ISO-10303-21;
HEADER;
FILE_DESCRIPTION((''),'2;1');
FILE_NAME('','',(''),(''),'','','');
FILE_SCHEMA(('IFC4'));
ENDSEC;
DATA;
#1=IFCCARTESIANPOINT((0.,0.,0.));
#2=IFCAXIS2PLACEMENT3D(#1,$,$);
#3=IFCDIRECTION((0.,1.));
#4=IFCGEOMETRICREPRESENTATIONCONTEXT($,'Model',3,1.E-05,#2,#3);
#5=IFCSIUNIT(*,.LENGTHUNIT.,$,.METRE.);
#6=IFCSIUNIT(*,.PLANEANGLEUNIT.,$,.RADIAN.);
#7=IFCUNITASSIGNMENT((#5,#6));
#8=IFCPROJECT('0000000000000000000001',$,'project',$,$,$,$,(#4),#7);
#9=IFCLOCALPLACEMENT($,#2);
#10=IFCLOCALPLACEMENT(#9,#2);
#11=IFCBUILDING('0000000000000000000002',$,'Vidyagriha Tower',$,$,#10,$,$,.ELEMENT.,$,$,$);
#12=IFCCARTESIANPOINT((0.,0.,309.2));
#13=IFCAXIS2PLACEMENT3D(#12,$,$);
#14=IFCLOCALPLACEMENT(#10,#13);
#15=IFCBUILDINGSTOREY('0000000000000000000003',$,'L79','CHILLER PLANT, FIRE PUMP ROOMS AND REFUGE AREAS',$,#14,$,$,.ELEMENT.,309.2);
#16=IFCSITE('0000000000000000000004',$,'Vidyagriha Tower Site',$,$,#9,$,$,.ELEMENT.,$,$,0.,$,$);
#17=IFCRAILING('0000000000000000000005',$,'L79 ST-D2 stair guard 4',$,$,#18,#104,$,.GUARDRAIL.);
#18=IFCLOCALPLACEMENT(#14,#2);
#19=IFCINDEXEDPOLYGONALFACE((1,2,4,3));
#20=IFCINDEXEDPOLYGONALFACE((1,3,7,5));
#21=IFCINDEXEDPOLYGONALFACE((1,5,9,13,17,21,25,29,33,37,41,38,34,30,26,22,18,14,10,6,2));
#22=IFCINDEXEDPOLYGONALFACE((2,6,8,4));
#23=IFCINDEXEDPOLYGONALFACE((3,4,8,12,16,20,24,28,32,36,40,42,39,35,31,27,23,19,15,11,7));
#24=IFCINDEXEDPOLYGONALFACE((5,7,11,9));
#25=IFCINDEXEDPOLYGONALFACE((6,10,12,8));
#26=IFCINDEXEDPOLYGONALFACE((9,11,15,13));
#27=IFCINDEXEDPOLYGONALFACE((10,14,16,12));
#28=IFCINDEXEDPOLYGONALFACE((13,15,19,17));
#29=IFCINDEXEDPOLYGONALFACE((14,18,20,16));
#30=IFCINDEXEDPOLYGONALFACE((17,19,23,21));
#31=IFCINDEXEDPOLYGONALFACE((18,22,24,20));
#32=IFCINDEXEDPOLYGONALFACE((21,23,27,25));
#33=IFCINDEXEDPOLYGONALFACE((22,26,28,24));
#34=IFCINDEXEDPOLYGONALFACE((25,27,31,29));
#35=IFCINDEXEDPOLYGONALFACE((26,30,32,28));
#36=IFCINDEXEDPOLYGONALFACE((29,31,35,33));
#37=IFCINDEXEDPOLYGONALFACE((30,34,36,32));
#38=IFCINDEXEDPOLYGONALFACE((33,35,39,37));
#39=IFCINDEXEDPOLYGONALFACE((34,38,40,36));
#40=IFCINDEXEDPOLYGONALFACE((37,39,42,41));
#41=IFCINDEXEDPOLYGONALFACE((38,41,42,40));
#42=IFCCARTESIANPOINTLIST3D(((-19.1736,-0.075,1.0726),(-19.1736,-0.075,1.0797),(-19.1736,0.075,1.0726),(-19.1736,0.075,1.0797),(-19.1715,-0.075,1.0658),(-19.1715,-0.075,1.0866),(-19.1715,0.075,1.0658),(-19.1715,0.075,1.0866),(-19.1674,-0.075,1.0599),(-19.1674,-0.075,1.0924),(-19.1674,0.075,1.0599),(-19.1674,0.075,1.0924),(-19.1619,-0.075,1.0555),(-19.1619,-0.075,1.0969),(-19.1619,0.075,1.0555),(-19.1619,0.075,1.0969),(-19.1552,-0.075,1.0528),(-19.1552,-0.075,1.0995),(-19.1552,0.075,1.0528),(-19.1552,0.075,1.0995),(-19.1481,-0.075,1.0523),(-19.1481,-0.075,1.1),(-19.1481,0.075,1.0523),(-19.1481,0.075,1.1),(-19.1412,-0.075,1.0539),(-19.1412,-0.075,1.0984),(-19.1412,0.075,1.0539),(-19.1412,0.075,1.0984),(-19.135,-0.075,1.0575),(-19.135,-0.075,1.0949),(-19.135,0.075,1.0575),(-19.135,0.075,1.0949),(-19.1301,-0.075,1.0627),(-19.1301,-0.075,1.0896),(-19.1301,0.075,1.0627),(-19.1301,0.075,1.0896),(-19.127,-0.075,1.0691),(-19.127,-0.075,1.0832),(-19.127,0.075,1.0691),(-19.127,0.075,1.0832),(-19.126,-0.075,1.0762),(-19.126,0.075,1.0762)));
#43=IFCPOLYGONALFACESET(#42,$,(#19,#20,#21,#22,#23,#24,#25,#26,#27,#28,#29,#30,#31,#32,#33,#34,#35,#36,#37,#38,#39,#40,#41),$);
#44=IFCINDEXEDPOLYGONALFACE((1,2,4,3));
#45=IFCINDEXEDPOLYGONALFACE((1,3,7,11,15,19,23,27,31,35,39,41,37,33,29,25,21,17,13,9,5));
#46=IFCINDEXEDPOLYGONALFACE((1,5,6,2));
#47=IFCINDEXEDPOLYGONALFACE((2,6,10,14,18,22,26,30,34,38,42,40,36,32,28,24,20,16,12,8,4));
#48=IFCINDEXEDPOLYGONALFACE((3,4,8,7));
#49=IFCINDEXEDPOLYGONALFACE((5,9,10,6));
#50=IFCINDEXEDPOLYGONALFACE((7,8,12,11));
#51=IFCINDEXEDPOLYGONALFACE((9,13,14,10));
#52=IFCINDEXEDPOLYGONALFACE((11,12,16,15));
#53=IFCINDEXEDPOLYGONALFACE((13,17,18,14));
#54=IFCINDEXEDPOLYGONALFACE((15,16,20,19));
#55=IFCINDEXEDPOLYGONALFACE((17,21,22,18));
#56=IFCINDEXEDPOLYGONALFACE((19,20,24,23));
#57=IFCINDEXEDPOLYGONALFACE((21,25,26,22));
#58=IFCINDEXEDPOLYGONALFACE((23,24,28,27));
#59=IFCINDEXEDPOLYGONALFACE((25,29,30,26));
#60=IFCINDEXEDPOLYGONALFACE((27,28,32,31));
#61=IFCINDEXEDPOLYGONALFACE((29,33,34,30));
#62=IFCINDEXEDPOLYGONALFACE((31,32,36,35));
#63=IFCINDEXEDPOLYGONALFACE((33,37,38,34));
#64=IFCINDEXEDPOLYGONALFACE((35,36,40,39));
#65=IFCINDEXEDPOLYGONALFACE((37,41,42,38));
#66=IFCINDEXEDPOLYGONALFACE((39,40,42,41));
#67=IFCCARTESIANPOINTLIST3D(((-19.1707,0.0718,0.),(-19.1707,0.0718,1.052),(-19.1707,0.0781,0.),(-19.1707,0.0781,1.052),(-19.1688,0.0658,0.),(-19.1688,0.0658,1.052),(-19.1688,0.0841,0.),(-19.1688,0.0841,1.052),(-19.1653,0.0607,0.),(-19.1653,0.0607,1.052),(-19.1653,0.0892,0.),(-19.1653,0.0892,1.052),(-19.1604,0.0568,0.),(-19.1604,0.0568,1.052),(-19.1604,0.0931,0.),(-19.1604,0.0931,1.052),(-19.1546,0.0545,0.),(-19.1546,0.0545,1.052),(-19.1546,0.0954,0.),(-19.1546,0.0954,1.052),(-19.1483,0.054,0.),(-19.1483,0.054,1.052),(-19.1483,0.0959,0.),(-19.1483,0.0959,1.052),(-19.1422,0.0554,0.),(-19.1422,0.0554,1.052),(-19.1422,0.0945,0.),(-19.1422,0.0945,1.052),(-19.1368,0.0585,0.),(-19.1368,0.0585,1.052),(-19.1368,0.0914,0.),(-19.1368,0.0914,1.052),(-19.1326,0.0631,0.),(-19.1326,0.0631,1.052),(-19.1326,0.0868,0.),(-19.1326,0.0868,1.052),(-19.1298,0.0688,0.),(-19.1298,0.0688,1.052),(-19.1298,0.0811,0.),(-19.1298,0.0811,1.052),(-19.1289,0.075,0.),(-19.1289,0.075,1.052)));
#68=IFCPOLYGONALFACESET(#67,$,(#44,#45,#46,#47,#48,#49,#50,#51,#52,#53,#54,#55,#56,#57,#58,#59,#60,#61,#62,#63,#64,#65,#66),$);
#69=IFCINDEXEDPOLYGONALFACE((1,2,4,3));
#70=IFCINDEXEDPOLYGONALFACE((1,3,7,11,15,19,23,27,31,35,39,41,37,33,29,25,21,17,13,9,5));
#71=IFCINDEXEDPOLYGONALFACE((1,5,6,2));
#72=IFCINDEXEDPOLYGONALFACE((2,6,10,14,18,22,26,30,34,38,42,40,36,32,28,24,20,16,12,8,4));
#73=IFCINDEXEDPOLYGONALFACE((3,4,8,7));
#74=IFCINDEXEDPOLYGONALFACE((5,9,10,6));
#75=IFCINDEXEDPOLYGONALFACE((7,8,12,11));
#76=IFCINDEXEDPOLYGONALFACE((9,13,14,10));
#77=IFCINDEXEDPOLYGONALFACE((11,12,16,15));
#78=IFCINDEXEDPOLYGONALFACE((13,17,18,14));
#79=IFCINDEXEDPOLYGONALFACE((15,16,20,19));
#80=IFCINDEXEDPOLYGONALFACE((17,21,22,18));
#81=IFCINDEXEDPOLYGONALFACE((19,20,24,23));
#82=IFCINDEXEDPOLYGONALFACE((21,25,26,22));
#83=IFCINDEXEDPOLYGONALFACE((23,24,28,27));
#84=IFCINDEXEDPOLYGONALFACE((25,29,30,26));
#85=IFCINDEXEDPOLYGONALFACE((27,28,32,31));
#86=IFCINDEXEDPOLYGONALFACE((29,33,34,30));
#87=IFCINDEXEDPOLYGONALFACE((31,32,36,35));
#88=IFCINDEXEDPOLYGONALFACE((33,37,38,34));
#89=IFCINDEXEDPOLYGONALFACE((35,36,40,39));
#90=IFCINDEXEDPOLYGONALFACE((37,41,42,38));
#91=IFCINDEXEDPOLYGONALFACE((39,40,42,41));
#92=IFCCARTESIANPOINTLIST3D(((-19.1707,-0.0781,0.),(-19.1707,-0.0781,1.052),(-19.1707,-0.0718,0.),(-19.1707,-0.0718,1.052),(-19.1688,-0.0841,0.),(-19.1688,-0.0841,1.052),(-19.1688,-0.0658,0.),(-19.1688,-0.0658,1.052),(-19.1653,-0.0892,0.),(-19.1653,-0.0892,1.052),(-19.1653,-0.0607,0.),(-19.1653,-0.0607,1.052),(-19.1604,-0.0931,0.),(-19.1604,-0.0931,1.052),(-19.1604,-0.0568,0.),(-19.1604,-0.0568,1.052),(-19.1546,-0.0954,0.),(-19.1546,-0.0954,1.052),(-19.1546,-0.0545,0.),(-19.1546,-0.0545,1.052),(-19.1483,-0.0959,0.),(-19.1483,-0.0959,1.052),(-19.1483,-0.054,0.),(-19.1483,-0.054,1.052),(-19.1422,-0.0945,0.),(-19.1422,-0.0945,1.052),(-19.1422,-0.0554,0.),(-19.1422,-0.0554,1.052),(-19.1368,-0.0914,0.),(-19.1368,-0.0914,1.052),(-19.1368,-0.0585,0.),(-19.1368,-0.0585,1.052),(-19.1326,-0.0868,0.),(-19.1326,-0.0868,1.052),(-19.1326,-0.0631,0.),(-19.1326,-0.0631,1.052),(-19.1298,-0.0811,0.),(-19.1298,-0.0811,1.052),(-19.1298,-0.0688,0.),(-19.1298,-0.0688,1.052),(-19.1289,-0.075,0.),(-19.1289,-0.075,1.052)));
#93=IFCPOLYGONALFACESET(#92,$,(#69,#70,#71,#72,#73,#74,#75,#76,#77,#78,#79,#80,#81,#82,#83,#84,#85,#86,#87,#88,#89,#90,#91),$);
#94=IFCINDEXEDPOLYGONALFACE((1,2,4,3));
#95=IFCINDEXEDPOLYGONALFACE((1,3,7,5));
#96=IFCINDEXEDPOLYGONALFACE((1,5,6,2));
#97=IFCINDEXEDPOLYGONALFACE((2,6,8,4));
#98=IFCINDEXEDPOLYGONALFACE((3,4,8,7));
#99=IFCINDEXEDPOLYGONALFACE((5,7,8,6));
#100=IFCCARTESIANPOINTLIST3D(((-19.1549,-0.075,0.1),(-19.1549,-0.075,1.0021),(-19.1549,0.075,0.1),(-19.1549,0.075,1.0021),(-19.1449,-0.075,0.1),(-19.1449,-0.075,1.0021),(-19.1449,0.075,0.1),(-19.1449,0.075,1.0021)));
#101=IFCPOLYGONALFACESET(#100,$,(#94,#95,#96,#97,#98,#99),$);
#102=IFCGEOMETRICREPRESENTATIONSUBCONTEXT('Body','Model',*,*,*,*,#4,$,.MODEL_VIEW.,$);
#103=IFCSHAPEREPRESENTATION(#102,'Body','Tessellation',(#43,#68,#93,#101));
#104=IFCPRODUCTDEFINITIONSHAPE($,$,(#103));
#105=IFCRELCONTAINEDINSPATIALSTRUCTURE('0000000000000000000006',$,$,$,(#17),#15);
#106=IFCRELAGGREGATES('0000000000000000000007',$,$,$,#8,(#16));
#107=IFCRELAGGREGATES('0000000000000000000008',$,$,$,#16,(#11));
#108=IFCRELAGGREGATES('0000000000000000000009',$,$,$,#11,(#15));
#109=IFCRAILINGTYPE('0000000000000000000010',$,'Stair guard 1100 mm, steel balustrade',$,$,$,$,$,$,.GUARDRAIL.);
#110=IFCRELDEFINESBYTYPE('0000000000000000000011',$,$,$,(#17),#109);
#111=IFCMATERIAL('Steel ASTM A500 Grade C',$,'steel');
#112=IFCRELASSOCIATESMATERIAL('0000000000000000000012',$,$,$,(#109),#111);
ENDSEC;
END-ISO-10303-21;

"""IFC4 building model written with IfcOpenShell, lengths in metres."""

from ifc_helpers import new_model, si_unit, direction, frame, origin, origin_2d, place, context, subcontext, project, spatial, rectangle, circle, extrude, material, type_object, element, save


model = new_model("IFC4")

# Units and contexts
model_context = context("Model", 3, precision=1e-05, world=origin(), true_north=direction((0.0, 1.0)))
body_context = subcontext(model_context, "Body", "Model", "MODEL_VIEW")
ifc_project = project(units=[si_unit("LENGTHUNIT", "METRE"), si_unit("PLANEANGLEUNIT", "RADIAN")], contexts=[model_context])

# Site, building, storey
site_placement = place(None, origin())
site = spatial("IfcSite", under=ifc_project, at=site_placement, Name="Vidyagriha Tower Site", CompositionType="ELEMENT", RefElevation=0.0)
building_placement = place(site_placement, origin())
building = spatial("IfcBuilding", under=site, at=building_placement, Name="Vidyagriha Tower", CompositionType="ELEMENT")
storey_placement = place(building_placement, frame((0.0, 0.0, 309.2)))
storey = spatial("IfcBuildingStorey", under=building, at=storey_placement, Name="L79", Description="CHILLER PLANT, FIRE PUMP ROOMS AND REFUGE AREAS", CompositionType="ELEMENT", Elevation=309.2)

# Railing
ifc_material_1 = material(Name="Steel ASTM A500 Grade C", Category="steel")
railing_type_1 = type_object("IfcRailingType", Name="Stair guard 1100 mm, steel balustrade", PredefinedType="GUARDRAIL", material=ifc_material_1)
railing_1_placement = place(storey_placement, frame((-19.1499, 0.075, 0.0)))
element("IfcRailing", 1, at=railing_1_placement, inside=storey, type_object=railing_type_1, Name="L79 ST-D2 stair guard 4", PredefinedType="GUARDRAIL", context=body_context, shape_type="SweptSolid", body=[
    extrude(circle(Radius=0.0239, at=origin_2d()), frame((0.0, 0.0, 1.0762), z_axis=(0.0, -1.0, 0.0), x_axis=(1.0, 0.0, 0.0)), (0.0, 0.0, 1.0), 0.1499),
    extrude(circle(Radius=0.021, at=origin_2d()), origin(), (0.0, 0.0, 1.0), 1.052),
    extrude(circle(Radius=0.021, at=origin_2d()), frame((0.0, -0.1499, 0.0)), (0.0, 0.0, 1.0), 1.052),
    extrude(rectangle(XDim=0.01, YDim=0.9021, at=origin_2d()), frame((0.0, 0.0, 0.551), z_axis=(0.0, -1.0, 0.0), x_axis=(1.0, 0.0, 0.0)), (0.0, 0.0, 1.0), 0.1499),
])

save(model, "model.ifc")
